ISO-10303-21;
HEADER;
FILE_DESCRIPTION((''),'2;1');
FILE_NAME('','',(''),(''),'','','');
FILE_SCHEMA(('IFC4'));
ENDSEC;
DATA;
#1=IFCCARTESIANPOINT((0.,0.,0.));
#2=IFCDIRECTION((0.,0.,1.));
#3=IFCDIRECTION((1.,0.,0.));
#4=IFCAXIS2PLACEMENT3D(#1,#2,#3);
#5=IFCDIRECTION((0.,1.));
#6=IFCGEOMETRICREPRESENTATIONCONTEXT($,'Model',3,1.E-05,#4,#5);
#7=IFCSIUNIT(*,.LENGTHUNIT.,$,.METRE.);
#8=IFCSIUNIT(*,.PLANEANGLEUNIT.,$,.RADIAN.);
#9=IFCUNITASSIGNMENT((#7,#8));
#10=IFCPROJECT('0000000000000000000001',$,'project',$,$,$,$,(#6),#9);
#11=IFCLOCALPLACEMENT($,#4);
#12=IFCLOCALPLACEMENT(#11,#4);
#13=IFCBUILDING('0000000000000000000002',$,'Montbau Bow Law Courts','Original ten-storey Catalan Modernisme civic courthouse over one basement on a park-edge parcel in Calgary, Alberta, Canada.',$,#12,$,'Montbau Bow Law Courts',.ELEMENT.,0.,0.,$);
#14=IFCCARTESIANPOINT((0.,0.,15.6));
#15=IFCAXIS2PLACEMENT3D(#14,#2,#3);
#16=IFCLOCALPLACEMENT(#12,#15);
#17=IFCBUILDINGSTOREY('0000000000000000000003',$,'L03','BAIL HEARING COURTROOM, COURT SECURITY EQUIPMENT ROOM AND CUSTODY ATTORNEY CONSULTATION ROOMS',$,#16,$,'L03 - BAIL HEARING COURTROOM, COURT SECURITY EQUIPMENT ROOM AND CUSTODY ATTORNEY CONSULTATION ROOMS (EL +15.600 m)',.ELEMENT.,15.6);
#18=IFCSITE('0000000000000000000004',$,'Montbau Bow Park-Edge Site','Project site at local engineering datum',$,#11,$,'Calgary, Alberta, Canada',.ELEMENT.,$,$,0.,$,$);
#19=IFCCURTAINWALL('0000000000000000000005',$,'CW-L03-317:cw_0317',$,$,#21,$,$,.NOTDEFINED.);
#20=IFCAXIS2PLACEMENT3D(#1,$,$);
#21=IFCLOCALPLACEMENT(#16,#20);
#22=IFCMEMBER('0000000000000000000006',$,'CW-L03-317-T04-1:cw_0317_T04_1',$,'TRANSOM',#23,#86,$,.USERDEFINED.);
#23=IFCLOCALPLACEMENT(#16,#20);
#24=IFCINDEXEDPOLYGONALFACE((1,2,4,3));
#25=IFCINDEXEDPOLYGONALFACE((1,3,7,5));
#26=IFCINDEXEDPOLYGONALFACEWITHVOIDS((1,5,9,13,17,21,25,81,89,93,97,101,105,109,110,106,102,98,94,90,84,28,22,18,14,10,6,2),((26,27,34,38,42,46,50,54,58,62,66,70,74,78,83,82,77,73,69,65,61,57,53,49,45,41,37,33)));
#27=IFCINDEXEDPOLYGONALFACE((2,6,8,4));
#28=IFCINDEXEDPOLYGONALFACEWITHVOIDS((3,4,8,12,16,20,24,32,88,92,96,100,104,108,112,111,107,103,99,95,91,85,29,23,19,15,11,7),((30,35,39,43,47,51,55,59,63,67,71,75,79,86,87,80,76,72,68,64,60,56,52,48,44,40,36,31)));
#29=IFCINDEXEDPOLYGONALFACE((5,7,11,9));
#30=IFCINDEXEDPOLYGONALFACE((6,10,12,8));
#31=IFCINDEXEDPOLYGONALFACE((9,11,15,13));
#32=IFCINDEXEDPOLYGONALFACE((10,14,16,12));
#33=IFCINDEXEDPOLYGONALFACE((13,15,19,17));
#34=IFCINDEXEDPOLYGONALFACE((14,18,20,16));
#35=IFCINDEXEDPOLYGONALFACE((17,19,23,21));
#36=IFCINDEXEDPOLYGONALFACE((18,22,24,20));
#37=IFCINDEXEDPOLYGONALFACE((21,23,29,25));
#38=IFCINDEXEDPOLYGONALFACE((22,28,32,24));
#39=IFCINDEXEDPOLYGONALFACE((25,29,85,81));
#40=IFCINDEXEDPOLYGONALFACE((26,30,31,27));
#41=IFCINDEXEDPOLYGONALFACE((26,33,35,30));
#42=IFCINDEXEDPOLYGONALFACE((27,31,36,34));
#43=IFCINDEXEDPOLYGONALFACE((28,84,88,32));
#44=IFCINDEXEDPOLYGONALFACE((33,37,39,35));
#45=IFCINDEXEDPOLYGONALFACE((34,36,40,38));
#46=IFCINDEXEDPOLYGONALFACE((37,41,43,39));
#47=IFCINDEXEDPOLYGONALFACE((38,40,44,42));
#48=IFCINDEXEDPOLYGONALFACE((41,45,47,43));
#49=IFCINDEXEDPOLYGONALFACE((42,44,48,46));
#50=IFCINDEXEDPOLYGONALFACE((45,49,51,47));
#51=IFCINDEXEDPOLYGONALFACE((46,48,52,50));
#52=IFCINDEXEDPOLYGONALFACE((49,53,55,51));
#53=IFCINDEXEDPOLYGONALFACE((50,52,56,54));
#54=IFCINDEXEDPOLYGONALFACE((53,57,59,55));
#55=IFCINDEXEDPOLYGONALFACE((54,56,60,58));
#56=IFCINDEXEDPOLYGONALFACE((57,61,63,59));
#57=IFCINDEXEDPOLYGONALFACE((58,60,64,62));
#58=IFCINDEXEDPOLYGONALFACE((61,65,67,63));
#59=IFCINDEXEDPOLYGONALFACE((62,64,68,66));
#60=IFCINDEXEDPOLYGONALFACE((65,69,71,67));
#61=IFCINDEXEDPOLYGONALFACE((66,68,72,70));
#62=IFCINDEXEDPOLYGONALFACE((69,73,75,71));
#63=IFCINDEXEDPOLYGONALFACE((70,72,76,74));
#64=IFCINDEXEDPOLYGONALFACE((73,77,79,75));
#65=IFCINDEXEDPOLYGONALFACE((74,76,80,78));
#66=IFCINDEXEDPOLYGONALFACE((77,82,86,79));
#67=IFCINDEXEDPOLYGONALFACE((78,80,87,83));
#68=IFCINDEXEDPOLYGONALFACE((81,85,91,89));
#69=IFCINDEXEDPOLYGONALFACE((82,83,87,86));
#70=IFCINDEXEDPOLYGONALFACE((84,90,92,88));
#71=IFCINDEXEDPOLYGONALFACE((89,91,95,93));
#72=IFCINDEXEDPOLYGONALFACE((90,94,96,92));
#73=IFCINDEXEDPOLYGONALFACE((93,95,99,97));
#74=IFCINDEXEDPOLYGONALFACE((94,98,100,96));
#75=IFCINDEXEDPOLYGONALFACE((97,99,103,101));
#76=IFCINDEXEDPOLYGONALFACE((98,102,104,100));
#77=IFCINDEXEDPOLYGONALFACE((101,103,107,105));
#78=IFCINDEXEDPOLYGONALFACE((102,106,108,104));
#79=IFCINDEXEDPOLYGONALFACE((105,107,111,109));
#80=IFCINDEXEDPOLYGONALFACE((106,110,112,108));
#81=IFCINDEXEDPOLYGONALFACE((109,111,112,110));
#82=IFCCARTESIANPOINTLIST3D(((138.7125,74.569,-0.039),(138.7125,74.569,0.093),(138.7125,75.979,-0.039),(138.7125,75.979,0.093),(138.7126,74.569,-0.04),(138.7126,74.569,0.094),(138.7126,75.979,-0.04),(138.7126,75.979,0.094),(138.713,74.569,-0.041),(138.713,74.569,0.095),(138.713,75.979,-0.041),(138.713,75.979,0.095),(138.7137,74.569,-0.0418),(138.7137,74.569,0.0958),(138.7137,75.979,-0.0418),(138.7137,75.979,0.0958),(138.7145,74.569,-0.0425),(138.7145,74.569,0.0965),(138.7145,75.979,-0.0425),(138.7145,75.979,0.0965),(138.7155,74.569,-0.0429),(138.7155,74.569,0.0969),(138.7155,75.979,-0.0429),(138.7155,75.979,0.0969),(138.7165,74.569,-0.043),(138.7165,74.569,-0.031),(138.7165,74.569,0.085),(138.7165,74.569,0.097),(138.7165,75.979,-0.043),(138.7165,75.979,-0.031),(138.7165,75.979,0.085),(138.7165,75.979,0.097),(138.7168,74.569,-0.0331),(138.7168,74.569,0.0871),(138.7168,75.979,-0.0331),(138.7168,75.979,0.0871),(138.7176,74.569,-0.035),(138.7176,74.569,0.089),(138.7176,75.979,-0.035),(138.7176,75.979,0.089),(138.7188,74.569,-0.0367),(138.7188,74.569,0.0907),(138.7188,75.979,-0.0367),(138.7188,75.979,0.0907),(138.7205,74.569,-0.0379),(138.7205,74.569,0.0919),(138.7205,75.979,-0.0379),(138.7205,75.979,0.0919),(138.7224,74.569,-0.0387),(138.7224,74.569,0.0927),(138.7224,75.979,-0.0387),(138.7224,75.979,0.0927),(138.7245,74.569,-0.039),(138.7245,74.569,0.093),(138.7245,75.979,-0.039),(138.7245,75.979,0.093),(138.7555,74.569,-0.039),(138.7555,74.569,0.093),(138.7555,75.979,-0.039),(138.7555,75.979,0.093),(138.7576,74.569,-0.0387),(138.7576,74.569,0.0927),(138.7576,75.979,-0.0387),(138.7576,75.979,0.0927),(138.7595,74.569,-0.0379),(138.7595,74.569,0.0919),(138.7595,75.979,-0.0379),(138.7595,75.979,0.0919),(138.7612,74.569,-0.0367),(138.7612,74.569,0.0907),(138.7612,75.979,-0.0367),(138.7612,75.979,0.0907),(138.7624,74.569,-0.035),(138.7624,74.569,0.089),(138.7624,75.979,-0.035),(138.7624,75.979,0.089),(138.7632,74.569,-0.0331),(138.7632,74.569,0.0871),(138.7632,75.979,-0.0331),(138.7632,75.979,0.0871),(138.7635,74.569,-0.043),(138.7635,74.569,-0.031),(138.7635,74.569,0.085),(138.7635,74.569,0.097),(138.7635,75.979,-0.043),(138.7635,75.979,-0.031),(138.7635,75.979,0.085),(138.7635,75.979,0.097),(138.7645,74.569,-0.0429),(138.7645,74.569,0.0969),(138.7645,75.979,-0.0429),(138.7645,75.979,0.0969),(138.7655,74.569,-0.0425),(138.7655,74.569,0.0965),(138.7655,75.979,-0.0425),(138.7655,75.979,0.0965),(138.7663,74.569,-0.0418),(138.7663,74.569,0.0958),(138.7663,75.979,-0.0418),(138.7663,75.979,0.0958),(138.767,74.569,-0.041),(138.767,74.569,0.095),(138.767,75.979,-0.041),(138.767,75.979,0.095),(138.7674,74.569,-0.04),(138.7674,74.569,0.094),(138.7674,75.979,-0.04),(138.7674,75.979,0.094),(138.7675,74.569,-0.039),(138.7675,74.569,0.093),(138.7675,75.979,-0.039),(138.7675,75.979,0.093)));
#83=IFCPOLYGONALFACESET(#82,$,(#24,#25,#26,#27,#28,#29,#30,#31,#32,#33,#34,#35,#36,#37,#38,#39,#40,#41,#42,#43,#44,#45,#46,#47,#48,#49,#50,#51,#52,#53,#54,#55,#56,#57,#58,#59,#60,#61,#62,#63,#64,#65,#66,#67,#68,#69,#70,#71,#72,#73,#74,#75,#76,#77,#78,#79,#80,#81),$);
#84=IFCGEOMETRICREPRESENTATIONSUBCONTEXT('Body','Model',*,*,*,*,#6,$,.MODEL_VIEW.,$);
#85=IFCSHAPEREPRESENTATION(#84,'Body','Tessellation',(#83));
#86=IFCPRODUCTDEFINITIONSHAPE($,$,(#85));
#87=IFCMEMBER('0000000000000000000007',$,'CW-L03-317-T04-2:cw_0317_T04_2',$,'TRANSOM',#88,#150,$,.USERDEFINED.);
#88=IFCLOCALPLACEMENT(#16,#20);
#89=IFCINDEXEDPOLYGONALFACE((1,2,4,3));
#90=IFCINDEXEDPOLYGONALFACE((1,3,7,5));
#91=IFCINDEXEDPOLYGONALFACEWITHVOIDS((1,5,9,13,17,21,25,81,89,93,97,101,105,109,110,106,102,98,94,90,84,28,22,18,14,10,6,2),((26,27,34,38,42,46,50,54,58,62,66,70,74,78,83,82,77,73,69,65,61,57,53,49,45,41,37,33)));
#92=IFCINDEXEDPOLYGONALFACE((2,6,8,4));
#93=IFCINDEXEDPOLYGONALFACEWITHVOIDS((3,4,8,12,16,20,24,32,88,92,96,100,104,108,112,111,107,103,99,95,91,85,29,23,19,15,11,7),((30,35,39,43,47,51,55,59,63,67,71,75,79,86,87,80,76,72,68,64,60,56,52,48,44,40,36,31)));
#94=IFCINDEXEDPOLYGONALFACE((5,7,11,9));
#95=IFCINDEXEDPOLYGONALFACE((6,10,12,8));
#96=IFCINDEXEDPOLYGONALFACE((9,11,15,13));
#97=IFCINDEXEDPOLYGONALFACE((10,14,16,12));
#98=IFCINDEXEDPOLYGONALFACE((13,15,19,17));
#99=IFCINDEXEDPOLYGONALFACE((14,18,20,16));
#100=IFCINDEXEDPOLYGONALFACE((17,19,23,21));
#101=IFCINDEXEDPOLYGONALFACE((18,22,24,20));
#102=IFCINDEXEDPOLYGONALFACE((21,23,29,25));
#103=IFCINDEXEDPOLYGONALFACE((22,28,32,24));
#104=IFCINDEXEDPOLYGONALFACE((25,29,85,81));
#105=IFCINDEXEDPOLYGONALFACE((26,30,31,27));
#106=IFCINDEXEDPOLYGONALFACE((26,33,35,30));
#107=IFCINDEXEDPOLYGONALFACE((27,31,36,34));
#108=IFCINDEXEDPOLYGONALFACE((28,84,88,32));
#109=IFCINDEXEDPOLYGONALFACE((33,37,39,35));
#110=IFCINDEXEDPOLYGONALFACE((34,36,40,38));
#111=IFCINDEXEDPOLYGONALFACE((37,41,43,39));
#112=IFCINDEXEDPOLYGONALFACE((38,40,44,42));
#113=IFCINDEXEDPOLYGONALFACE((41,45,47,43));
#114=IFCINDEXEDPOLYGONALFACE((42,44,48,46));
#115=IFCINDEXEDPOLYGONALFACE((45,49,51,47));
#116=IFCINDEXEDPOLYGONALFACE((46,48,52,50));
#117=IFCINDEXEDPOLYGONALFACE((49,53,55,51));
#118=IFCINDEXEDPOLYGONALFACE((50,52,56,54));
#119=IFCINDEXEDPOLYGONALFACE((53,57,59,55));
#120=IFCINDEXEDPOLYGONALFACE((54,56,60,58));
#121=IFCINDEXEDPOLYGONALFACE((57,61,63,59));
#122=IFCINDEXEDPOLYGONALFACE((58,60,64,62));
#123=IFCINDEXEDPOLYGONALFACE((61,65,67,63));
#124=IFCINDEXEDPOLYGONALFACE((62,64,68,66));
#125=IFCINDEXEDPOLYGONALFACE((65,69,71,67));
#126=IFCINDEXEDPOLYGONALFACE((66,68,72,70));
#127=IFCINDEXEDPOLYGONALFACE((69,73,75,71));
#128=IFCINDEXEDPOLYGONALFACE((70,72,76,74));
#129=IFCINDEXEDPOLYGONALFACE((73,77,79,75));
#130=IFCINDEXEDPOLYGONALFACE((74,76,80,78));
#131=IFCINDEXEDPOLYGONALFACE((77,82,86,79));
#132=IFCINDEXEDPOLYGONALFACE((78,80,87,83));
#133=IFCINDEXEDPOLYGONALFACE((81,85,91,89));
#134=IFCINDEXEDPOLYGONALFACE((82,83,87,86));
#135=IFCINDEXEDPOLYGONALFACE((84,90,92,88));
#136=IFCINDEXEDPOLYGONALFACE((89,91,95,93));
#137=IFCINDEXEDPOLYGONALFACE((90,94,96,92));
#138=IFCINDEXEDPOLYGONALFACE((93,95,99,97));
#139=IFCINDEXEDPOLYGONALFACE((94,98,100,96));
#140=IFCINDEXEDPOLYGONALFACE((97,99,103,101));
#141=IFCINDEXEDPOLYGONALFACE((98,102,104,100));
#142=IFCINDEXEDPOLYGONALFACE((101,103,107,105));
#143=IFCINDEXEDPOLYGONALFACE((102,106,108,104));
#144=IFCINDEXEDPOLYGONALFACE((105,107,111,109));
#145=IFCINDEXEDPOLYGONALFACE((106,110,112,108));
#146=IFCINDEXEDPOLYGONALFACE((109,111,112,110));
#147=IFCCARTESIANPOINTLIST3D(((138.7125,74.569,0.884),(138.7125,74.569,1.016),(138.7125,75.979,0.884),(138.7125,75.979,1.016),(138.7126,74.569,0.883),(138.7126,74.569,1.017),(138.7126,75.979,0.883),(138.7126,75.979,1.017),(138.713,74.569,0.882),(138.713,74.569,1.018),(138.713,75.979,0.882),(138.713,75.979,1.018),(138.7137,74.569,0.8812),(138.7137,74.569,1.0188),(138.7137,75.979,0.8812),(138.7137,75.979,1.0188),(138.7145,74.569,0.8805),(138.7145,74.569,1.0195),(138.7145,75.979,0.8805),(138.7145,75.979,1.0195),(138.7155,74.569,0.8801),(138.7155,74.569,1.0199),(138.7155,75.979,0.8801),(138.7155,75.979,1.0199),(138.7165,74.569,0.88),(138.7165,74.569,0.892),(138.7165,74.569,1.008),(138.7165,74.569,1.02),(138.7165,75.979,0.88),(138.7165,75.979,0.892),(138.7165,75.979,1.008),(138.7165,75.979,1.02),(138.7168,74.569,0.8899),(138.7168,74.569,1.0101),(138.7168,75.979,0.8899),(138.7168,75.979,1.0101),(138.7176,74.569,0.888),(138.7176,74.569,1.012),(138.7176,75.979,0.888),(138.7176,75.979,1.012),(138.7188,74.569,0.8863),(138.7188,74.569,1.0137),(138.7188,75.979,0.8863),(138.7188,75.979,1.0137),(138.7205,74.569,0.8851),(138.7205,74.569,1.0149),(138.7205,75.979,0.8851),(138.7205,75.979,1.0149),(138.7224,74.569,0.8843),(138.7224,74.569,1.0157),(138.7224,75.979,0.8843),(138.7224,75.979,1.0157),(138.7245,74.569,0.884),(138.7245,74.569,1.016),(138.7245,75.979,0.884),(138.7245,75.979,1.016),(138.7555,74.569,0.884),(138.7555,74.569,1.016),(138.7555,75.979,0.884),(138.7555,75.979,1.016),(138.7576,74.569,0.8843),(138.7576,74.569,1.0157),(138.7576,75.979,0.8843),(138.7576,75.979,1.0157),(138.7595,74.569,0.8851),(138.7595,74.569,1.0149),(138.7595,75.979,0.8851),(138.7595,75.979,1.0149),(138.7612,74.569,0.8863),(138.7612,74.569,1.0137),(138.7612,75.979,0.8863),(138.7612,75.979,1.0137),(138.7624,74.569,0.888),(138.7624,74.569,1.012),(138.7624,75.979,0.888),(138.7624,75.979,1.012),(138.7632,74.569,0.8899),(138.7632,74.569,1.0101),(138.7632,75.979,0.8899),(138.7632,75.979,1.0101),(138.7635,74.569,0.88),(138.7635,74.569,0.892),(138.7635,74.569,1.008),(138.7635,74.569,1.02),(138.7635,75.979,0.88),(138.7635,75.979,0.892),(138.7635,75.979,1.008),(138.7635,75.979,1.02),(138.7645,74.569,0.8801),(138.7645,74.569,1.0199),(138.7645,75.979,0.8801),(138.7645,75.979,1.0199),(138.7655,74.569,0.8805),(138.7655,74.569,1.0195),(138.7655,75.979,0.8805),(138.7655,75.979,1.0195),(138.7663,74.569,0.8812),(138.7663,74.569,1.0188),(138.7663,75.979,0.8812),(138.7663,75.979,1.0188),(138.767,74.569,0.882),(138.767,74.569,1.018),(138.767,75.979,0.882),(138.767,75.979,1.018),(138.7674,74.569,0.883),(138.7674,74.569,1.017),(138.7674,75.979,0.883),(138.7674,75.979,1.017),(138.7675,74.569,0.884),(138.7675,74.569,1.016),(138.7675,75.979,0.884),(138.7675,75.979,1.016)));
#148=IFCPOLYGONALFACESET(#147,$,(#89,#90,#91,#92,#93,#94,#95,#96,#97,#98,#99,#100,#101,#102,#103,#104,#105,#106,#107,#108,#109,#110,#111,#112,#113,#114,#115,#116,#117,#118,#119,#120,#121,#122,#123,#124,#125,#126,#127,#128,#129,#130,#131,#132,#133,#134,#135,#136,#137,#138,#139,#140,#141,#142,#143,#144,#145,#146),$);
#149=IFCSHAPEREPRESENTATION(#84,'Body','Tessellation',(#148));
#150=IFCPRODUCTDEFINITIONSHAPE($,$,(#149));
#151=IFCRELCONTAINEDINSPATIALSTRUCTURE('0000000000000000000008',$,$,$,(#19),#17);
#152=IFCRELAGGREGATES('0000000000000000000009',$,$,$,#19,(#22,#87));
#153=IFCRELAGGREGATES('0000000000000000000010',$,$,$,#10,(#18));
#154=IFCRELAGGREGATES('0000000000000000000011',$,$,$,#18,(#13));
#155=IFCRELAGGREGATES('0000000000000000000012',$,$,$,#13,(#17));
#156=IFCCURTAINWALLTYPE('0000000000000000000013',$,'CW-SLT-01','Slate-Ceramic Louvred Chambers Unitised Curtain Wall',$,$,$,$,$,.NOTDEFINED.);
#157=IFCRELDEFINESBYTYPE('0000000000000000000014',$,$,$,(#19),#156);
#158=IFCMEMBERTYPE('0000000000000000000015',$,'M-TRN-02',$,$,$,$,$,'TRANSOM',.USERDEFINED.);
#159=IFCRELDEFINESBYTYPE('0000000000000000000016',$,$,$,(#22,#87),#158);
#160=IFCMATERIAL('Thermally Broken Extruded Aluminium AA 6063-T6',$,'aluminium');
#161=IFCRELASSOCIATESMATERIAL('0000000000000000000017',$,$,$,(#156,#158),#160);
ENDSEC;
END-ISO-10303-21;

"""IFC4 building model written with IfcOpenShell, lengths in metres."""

from ifc_helpers import new_model, si_unit, direction, frame, origin_with_axes, origin_2d_with_axis, place, context, subcontext, project, spatial, hollow_rectangle, extrude, material, material_profile, profile_set, type_object, element, aggregate, save


model = new_model("IFC4")

# Units and contexts
model_context = context("Model", 3, precision=1e-05, world=origin_with_axes(), true_north=direction((0.0, 1.0)))
body_context = subcontext(model_context, "Body", "Model", "MODEL_VIEW")
ifc_project = project(units=[si_unit("LENGTHUNIT", "METRE"), si_unit("PLANEANGLEUNIT", "RADIAN")], contexts=[model_context])

# Site, building, storey
site_placement = place(None, origin_with_axes())
site = spatial("IfcSite", under=ifc_project, at=site_placement, Name="Montbau Bow Park-Edge Site", Description="Project site at local engineering datum", LongName="Calgary, Alberta, Canada", CompositionType="ELEMENT", RefElevation=0.0)
building_placement = place(site_placement, origin_with_axes())
building = spatial("IfcBuilding", under=site, at=building_placement, Name="Montbau Bow Law Courts", Description="Original ten-storey Catalan Modernisme civic courthouse over one basement on a park-edge parcel in Calgary, Alberta, Canada.", LongName="Montbau Bow Law Courts", CompositionType="ELEMENT", ElevationOfRefHeight=0.0, ElevationOfTerrain=0.0)
storey_placement = place(building_placement, frame((0.0, 0.0, 15.6), z_axis=(0.0, 0.0, 1.0), x_axis=(1.0, 0.0, 0.0)))
storey = spatial("IfcBuildingStorey", under=building, at=storey_placement, Name="L03", Description="BAIL HEARING COURTROOM, COURT SECURITY EQUIPMENT ROOM AND CUSTODY ATTORNEY CONSULTATION ROOMS", LongName="L03 - BAIL HEARING COURTROOM, COURT SECURITY EQUIPMENT ROOM AND CUSTODY ATTORNEY CONSULTATION ROOMS (EL +15.600 m)", CompositionType="ELEMENT", Elevation=15.6)

# Curtain wall, members
ifc_material_1 = material(Name="Thermally Broken Extruded Aluminium AA 6063-T6", Category="aluminium")
curtain_wall_type = type_object("IfcCurtainWallType", Name="CW-SLT-01", Description="Slate-Ceramic Louvred Chambers Unitised Curtain Wall", PredefinedType="NOTDEFINED", material=ifc_material_1)
curtain_wall_placement = place(None, frame((138.74, 70.115, 15.6), z_axis=(0.0, 0.0, 1.0), x_axis=(1.0, 0.0, 0.0)))
curtain_wall = element("IfcCurtainWall", 1, at=curtain_wall_placement, inside=storey, type_object=curtain_wall_type, Name="CW-L03-317:cw_0317", PredefinedType="NOTDEFINED")
ifc_material_profile_1 = material_profile(ifc_material_1, hollow_rectangle(XDim=0.055, YDim=0.14, WallThickness=0.004, InnerFilletRadius=0.008, OuterFilletRadius=0.004, at=origin_2d_with_axis()), Name="CWT-140X55", Category="Main", Priority=0)
ifc_profile_set_1 = profile_set([ifc_material_profile_1], Name="Thermally Broken Extruded Aluminium AA 6063-T6")
member_type_1 = type_object("IfcMemberType", Name="M-TRN-02", ElementType="TRANSOM", PredefinedType="USERDEFINED", material=ifc_profile_set_1)
member_1_placement = place(None, frame((138.74, 74.569, 15.627), z_axis=(0.0, 1.0, 0.0), x_axis=(-1.0, 0.0, 0.0)))
member_1 = element("IfcMember", 2, at=member_1_placement, type_object=member_type_1, Name="CW-L03-317-T04-1:cw_0317_T04_1", ObjectType="TRANSOM", PredefinedType="USERDEFINED", context=body_context, shape_type="SweptSolid", body=[
    extrude(hollow_rectangle(XDim=0.055, YDim=0.14, WallThickness=0.004, InnerFilletRadius=0.008, OuterFilletRadius=0.004, at=origin_2d_with_axis()), origin_with_axes(), (0.0, 0.0, 1.0), 1.41),
])
member_2_placement = place(None, frame((138.74, 74.569, 16.55), z_axis=(0.0, 1.0, 0.0), x_axis=(-1.0, 0.0, 0.0)))
member_2 = element("IfcMember", 3, at=member_2_placement, type_object=member_type_1, Name="CW-L03-317-T04-2:cw_0317_T04_2", ObjectType="TRANSOM", PredefinedType="USERDEFINED", context=body_context, shape_type="SweptSolid", body=[
    extrude(hollow_rectangle(XDim=0.055, YDim=0.14, WallThickness=0.004, InnerFilletRadius=0.008, OuterFilletRadius=0.004, at=origin_2d_with_axis()), origin_with_axes(), (0.0, 0.0, 1.0), 1.41),
])
aggregate(curtain_wall, [member_1, member_2])

save(model, "model.ifc")
